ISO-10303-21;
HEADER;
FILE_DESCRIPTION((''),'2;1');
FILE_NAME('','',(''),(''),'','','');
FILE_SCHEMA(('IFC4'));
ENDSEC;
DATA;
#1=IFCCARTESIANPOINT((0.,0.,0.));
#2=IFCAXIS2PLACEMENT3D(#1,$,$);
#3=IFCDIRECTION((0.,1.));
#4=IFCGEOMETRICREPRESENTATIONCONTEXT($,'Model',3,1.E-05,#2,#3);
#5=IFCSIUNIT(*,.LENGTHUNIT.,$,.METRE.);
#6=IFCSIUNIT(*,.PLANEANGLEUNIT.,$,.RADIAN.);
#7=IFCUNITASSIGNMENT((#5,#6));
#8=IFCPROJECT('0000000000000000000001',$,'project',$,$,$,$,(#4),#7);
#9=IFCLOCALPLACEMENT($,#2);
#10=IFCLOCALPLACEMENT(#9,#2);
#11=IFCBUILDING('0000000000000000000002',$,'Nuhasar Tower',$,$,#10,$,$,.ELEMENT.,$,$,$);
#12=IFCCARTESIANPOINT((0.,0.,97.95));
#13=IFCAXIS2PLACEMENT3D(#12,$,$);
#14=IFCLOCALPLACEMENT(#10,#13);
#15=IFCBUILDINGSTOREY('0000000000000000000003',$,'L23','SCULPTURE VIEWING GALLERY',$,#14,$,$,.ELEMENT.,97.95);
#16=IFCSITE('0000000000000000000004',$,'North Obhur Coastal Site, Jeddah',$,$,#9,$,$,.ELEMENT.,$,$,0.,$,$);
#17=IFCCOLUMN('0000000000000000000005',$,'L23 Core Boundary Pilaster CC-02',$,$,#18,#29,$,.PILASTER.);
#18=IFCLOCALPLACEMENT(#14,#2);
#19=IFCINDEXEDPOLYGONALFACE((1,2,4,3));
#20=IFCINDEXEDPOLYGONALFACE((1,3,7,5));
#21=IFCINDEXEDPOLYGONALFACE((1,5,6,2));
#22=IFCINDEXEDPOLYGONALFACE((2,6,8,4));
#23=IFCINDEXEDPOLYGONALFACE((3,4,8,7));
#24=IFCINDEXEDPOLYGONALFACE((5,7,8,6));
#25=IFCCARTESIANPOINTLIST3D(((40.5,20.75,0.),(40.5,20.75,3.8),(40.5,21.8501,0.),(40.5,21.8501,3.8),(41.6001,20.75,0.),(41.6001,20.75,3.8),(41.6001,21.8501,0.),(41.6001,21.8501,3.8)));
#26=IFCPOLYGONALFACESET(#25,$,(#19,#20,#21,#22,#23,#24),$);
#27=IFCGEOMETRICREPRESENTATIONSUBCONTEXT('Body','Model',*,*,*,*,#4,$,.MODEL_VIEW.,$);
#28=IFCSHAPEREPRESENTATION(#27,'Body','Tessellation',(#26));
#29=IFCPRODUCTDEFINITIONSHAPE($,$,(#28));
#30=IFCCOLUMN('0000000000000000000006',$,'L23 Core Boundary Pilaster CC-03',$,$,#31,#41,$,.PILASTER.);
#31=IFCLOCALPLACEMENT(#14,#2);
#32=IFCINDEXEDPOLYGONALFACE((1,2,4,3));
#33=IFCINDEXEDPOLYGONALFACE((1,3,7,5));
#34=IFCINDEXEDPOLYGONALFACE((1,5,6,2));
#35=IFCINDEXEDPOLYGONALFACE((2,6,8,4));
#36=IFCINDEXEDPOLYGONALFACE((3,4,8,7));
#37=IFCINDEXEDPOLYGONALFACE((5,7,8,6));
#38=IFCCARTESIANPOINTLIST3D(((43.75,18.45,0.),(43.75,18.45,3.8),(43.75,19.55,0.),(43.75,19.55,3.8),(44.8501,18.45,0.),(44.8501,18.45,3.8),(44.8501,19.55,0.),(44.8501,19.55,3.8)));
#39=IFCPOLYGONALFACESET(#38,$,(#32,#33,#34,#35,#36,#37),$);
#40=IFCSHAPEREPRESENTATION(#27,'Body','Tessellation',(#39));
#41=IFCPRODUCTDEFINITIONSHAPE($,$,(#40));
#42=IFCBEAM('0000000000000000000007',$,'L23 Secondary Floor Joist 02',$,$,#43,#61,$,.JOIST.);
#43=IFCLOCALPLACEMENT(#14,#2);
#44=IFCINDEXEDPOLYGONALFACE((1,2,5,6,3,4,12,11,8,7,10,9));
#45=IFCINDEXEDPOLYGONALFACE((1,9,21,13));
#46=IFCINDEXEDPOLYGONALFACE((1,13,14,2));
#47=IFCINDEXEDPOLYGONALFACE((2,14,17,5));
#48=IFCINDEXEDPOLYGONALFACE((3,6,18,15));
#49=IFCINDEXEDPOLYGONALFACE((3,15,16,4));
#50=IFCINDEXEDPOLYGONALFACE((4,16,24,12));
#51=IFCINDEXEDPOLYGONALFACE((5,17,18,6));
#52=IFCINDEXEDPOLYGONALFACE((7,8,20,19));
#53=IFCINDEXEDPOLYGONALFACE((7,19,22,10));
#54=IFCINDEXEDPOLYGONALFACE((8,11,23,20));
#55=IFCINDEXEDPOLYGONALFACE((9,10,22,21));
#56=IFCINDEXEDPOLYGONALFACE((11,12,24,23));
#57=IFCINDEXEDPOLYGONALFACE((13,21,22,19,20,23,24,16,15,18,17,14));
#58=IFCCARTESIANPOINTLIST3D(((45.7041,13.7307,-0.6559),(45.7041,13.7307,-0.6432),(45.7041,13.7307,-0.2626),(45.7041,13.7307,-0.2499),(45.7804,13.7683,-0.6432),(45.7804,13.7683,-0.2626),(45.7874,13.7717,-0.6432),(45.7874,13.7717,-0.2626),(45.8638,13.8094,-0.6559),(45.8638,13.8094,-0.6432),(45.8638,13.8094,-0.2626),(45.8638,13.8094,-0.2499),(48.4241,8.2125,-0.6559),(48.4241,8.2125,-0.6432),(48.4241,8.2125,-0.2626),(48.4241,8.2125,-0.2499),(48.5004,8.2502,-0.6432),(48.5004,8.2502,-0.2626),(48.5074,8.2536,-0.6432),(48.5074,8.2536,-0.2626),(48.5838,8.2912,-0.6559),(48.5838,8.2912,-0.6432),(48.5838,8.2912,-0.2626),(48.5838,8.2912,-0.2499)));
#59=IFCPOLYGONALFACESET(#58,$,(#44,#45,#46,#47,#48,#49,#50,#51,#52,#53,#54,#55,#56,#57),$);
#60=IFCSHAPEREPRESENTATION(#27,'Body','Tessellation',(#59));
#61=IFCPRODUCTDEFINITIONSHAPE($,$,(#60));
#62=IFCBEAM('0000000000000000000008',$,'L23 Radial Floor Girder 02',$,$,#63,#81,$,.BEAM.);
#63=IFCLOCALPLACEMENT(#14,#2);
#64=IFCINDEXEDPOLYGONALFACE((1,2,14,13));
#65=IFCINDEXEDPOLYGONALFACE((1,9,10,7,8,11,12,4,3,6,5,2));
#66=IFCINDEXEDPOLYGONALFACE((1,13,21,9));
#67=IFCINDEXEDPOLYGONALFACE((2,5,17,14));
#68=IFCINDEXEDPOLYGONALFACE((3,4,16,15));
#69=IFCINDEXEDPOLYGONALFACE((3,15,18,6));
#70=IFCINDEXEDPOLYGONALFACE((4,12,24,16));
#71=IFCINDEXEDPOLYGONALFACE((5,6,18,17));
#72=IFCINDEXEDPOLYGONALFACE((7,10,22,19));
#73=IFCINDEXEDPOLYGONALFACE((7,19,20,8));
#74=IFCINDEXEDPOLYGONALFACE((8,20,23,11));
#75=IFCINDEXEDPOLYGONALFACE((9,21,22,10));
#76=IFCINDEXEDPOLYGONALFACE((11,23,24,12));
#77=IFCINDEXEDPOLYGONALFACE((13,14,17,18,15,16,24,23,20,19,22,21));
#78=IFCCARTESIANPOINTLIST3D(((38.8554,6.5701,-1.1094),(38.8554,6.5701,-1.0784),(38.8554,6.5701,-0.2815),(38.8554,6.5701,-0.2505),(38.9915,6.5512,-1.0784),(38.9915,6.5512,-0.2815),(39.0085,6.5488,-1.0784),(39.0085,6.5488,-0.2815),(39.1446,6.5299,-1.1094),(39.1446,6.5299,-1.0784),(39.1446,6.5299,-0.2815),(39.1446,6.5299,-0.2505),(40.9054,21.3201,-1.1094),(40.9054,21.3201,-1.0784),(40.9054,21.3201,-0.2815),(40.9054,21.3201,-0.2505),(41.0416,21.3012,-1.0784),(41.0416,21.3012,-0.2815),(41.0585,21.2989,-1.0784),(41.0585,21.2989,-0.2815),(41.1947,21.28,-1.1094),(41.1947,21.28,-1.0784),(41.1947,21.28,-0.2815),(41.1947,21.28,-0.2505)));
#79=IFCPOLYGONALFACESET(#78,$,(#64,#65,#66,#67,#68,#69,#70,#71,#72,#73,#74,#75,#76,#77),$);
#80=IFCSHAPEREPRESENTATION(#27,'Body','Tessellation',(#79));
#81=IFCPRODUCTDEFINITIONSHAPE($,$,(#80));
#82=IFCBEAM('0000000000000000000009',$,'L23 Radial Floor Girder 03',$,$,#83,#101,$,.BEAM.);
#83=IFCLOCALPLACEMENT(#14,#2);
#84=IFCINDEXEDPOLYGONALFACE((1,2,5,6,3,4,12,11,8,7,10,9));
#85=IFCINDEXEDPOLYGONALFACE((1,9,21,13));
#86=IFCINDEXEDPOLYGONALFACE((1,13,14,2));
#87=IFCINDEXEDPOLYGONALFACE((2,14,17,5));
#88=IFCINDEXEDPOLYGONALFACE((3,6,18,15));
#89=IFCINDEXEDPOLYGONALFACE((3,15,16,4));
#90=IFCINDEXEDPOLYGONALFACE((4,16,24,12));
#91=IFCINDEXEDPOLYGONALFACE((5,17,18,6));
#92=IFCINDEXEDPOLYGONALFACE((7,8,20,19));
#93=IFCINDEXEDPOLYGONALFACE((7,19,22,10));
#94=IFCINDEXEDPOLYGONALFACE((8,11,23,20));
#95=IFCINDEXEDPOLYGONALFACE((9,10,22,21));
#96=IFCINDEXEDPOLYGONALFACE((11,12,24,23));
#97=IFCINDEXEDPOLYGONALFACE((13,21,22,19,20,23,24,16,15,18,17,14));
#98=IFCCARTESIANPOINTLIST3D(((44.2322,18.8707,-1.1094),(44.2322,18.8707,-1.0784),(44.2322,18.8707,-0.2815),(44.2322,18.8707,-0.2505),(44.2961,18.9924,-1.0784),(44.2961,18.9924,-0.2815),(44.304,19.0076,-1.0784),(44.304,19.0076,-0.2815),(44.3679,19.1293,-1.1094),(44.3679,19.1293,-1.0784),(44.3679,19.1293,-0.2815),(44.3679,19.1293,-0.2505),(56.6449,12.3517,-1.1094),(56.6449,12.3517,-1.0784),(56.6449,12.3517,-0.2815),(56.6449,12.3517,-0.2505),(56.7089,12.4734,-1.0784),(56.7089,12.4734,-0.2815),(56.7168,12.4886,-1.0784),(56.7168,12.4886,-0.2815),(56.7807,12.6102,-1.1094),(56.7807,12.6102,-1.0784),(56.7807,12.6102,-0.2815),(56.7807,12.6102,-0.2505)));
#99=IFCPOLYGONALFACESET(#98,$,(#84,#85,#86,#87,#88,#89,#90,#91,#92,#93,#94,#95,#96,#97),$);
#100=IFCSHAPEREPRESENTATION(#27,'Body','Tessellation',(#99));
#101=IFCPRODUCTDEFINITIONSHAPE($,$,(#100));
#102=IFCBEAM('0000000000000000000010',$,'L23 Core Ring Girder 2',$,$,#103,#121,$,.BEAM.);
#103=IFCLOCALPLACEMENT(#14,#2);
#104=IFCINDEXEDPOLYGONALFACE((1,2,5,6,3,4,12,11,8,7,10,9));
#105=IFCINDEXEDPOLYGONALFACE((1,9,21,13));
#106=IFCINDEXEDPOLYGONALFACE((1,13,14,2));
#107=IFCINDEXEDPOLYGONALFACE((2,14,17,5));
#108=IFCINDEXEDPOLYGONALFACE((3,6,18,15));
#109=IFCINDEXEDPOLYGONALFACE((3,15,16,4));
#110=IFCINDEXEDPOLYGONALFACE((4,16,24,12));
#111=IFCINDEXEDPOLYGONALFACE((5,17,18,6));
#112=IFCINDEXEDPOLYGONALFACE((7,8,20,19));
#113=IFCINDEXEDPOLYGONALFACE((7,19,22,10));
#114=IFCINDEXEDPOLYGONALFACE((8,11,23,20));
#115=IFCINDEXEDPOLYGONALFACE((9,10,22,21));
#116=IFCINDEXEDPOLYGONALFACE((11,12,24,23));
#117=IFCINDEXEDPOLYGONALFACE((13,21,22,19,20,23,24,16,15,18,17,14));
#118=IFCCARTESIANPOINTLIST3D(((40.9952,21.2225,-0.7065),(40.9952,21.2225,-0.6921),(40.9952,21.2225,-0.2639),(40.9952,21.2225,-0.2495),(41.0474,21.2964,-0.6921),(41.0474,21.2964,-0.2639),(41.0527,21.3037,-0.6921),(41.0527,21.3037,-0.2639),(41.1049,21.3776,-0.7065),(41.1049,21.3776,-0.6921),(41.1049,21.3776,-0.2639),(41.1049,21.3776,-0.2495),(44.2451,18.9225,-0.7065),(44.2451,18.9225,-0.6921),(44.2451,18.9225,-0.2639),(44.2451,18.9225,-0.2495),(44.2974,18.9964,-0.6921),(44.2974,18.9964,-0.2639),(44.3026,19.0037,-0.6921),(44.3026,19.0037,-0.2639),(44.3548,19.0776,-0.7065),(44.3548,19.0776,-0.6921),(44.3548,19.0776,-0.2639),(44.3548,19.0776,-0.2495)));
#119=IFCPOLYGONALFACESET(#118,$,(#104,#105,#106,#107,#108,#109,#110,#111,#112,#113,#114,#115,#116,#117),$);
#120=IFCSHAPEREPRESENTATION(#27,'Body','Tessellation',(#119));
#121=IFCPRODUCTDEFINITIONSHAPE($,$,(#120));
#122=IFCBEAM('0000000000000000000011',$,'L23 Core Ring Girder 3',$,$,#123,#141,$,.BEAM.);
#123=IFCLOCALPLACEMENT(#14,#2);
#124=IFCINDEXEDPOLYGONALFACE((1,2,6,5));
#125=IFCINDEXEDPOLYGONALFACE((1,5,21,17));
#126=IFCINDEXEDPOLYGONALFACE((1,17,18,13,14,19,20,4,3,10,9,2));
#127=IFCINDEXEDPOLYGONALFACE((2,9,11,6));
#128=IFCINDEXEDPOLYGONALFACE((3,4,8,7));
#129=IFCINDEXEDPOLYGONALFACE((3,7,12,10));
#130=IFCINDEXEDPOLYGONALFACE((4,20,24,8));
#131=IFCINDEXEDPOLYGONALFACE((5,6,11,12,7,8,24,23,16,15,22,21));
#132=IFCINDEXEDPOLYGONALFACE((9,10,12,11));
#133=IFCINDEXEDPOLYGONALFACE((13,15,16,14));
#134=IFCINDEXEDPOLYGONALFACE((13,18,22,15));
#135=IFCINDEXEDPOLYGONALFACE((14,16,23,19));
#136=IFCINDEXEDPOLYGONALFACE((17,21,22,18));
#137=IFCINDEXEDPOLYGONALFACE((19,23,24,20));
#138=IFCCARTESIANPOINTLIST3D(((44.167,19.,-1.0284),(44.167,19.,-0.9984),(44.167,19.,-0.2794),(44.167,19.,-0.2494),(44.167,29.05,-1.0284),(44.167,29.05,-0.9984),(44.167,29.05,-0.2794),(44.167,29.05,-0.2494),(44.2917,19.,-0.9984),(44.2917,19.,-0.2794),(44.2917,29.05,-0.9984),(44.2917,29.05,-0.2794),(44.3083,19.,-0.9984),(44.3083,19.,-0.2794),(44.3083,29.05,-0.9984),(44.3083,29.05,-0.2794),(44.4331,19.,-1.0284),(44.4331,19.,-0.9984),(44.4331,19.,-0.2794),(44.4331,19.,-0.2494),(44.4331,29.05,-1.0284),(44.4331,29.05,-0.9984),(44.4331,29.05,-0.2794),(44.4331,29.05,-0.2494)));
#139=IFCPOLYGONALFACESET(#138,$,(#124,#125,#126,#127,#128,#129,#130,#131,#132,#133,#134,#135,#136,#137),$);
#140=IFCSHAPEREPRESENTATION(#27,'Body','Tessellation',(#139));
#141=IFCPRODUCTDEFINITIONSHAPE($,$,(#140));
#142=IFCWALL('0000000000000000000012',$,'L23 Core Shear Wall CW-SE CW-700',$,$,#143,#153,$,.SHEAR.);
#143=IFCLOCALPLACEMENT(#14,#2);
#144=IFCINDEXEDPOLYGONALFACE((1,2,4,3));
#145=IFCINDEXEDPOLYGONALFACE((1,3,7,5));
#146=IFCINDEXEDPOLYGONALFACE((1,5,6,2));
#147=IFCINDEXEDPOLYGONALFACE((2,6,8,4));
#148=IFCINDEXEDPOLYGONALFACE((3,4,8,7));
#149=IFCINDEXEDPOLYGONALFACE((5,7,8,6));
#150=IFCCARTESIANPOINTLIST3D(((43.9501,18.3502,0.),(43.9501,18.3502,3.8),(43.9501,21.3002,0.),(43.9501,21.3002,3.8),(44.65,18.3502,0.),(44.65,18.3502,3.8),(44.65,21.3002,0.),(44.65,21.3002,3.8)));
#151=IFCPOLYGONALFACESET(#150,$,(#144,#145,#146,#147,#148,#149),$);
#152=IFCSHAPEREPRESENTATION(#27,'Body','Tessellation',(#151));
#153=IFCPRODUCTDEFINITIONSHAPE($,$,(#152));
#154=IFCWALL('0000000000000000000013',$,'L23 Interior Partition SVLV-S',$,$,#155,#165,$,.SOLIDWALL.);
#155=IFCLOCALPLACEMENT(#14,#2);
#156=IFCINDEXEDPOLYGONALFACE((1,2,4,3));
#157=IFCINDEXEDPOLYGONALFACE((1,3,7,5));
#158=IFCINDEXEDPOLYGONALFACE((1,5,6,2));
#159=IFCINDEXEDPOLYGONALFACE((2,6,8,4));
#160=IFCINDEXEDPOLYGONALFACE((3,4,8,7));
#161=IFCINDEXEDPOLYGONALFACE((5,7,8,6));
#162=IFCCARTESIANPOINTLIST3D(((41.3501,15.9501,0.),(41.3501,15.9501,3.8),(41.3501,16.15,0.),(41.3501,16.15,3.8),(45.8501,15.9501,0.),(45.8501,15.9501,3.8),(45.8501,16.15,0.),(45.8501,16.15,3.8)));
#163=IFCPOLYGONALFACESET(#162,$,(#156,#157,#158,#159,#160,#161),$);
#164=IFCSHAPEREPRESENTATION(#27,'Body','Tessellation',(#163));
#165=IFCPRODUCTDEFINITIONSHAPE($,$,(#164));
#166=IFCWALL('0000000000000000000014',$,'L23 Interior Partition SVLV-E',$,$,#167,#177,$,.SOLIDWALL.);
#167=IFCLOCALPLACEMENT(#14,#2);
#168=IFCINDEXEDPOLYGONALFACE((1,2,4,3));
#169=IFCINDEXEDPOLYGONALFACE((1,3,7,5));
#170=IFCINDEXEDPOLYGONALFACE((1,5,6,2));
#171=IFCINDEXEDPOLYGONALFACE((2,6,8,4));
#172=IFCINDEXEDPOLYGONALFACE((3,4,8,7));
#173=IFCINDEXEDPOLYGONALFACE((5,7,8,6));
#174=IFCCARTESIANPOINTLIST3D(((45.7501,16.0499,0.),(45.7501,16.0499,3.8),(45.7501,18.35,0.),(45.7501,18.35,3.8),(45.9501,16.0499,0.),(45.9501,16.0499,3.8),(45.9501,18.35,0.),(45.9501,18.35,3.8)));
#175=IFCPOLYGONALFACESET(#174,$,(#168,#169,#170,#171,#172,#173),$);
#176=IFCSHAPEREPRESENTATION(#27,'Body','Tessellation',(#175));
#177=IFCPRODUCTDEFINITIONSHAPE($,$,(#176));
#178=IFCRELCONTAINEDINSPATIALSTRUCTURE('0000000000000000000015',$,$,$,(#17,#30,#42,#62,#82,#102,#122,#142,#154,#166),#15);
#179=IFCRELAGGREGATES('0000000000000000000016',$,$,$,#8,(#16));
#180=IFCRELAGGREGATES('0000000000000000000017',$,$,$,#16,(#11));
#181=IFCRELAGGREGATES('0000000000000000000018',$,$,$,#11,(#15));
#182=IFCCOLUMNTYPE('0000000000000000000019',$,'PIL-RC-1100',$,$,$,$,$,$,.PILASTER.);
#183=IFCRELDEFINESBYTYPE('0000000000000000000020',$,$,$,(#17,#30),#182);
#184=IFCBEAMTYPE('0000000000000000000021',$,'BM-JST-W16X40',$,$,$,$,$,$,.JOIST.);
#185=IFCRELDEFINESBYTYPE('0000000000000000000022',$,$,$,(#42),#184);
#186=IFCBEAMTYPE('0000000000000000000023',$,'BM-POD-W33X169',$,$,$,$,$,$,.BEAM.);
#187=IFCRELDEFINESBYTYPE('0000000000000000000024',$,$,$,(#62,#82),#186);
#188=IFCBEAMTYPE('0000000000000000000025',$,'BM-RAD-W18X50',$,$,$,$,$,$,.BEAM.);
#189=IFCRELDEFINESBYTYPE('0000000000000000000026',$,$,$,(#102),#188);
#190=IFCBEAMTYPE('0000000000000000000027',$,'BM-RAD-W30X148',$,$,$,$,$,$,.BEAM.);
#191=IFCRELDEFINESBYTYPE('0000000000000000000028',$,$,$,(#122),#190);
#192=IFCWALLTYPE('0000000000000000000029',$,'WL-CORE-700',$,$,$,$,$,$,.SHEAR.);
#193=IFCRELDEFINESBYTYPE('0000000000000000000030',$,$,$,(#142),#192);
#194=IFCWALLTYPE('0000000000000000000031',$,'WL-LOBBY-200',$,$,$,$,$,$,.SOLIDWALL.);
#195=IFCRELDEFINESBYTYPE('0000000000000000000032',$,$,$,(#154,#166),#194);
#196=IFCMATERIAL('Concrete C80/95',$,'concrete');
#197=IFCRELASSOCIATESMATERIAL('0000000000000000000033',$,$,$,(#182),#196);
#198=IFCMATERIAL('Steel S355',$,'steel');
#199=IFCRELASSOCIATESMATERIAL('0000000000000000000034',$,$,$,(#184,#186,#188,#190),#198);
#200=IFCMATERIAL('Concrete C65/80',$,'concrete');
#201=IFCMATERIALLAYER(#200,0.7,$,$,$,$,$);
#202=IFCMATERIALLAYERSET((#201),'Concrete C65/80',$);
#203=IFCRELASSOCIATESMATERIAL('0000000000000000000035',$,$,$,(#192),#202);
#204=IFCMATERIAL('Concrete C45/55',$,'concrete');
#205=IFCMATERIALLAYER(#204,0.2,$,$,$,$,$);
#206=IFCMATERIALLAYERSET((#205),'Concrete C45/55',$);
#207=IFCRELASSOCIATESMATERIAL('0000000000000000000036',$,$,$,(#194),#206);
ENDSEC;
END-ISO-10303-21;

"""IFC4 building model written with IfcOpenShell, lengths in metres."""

from ifc_helpers import new_model, si_unit, direction, frame, frame_2d, origin, origin_2d, place, context, subcontext, project, spatial, rectangle, i_section, extrude, material, layer, layer_set, material_profile, profile_set, type_object, element, save


model = new_model("IFC4")

# Units and contexts
model_context = context("Model", 3, precision=1e-05, world=origin(), true_north=direction((0.0, 1.0)))
body_context = subcontext(model_context, "Body", "Model", "MODEL_VIEW")
ifc_project = project(units=[si_unit("LENGTHUNIT", "METRE"), si_unit("PLANEANGLEUNIT", "RADIAN")], contexts=[model_context])

# Site, building, storey
site_placement = place(None, origin())
site = spatial("IfcSite", under=ifc_project, at=site_placement, Name="North Obhur Coastal Site, Jeddah", CompositionType="ELEMENT", RefElevation=0.0)
building_placement = place(site_placement, origin())
building = spatial("IfcBuilding", under=site, at=building_placement, Name="Nuhasar Tower", CompositionType="ELEMENT")
storey_placement = place(building_placement, frame((0.0, 0.0, 97.95)))
storey = spatial("IfcBuildingStorey", under=building, at=storey_placement, Name="L23", Description="SCULPTURE VIEWING GALLERY", CompositionType="ELEMENT", Elevation=97.95)

# Columns
ifc_material_1 = material(Name="Concrete C80/95", Category="concrete")
ifc_material_profile_1 = material_profile(ifc_material_1, rectangle(XDim=1.1001, YDim=1.1001, at=origin_2d()), Name="RC1100X1100")
ifc_profile_set_1 = profile_set([ifc_material_profile_1], Name="Concrete C80/95")
column_type = type_object("IfcColumnType", Name="PIL-RC-1100", PredefinedType="PILASTER", material=ifc_profile_set_1)
for number, where, z_axis, x_axis, name in (
    (1, (41.05, 21.3, 0.0), (0.0, 0.0, 1.0), (1.0, 0.0, 0.0), "L23 Core Boundary Pilaster CC-02"),
    (2, (44.3, 19.0, 0.0), (0.0, 0.0, 1.0), (1.0, 0.0, 0.0), "L23 Core Boundary Pilaster CC-03"),
):
    element("IfcColumn", number, at=place(storey_placement, frame(where, z_axis=z_axis, x_axis=x_axis)), inside=storey, type_object=column_type, Name=name, PredefinedType="PILASTER", context=body_context, shape_type="SweptSolid", body=[
        extrude(rectangle(XDim=1.1001, YDim=1.1001, at=origin_2d()), origin(), (0.0, 0.0, 1.0), 3.8),
    ])

# Beams
ifc_material_2 = material(Name="Steel S355", Category="steel")
ifc_material_profile_2 = material_profile(ifc_material_2, i_section(OverallWidth=0.178, OverallDepth=0.406, WebThickness=0.0078, FlangeThickness=0.0127, at=origin_2d()), Name="W16X40")
ifc_profile_set_2 = profile_set([ifc_material_profile_2], Name="Steel S355")
beam_type_1 = type_object("IfcBeamType", Name="BM-JST-W16X40", PredefinedType="JOIST", material=ifc_profile_set_2)
beam_1_placement = place(storey_placement, frame((45.7839, 13.77, -0.4529), z_axis=(0.442127, -0.896953, 0.0), x_axis=(0.896953, 0.442127, 0.0)))
element("IfcBeam", 3, at=beam_1_placement, inside=storey, type_object=beam_type_1, Name="L23 Secondary Floor Joist 02", PredefinedType="JOIST", context=body_context, shape_type="SweptSolid", body=[
    extrude(i_section(OverallWidth=0.178, OverallDepth=0.406, WebThickness=0.0078, FlangeThickness=0.0127, at=origin_2d()), origin(), (0.0, 0.0, 1.0), 6.1521),
])
ifc_material_profile_3 = material_profile(ifc_material_2, i_section(OverallWidth=0.292, OverallDepth=0.8589, WebThickness=0.0171, FlangeThickness=0.031, at=origin_2d()), Name="W33X169")
ifc_profile_set_3 = profile_set([ifc_material_profile_3], Name="Steel S355")
beam_type_2 = type_object("IfcBeamType", Name="BM-POD-W33X169", PredefinedType="BEAM", material=ifc_profile_set_3)
beam_2_placement = place(storey_placement, frame((41.05, 21.3, -0.6799), z_axis=(-0.137663, -0.990479, 0.0), x_axis=(0.990479, -0.137663, 0.0)))
element("IfcBeam", 4, at=beam_2_placement, inside=storey, type_object=beam_type_2, Name="L23 Radial Floor Girder 02", PredefinedType="BEAM", context=body_context, shape_type="SweptSolid", body=[
    extrude(i_section(OverallWidth=0.292, OverallDepth=0.8589, WebThickness=0.0171, FlangeThickness=0.031, at=origin_2d()), origin(), (0.0, 0.0, 1.0), 14.8918),
])
beam_3_placement = place(storey_placement, frame((44.3, 19.0, -0.6799), z_axis=(0.88533, -0.464963, 0.0), x_axis=(0.464963, 0.88533, 0.0)))
element("IfcBeam", 5, at=beam_3_placement, inside=storey, type_object=beam_type_2, Name="L23 Radial Floor Girder 03", PredefinedType="BEAM", context=body_context, shape_type="SweptSolid", body=[
    extrude(i_section(OverallWidth=0.292, OverallDepth=0.8589, WebThickness=0.0171, FlangeThickness=0.031, at=origin_2d()), origin(), (0.0, 0.0, 1.0), 14.0205),
])
ifc_material_profile_4 = material_profile(ifc_material_2, i_section(OverallWidth=0.1899, OverallDepth=0.457, WebThickness=0.009, FlangeThickness=0.0144, at=origin_2d()), Name="W18X50")
ifc_profile_set_4 = profile_set([ifc_material_profile_4], Name="Steel S355")
beam_type_3 = type_object("IfcBeamType", Name="BM-RAD-W18X50", PredefinedType="BEAM", material=ifc_profile_set_4)
beam_4_placement = place(storey_placement, frame((41.05, 21.3, -0.478), z_axis=(0.816265, -0.577677, 0.0), x_axis=(0.577677, 0.816265, 0.0)))
element("IfcBeam", 6, at=beam_4_placement, inside=storey, type_object=beam_type_3, Name="L23 Core Ring Girder 2", PredefinedType="BEAM", context=body_context, shape_type="SweptSolid", body=[
    extrude(i_section(OverallWidth=0.1899, OverallDepth=0.457, WebThickness=0.009, FlangeThickness=0.0144, at=origin_2d()), origin(), (0.0, 0.0, 1.0), 3.9814),
])
ifc_material_profile_5 = material_profile(ifc_material_2, i_section(OverallWidth=0.2661, OverallDepth=0.7791, WebThickness=0.0166, FlangeThickness=0.03, at=origin_2d()), Name="W30X148")
ifc_profile_set_5 = profile_set([ifc_material_profile_5], Name="Steel S355")
beam_type_4 = type_object("IfcBeamType", Name="BM-RAD-W30X148", PredefinedType="BEAM", material=ifc_profile_set_5)
beam_5_placement = place(storey_placement, frame((44.3, 19.0, -0.6389), z_axis=(0.0, 1.0, 0.0), x_axis=(-1.0, 0.0, 0.0)))
element("IfcBeam", 7, at=beam_5_placement, inside=storey, type_object=beam_type_4, Name="L23 Core Ring Girder 3", PredefinedType="BEAM", context=body_context, shape_type="SweptSolid", body=[
    extrude(i_section(OverallWidth=0.2661, OverallDepth=0.7791, WebThickness=0.0166, FlangeThickness=0.03, at=origin_2d()), origin(), (0.0, 0.0, 1.0), 10.05),
])

# Wall
ifc_material_3 = material(Name="Concrete C65/80", Category="concrete")
ifc_layer_1 = layer(ifc_material_3, 0.7)
ifc_layer_set_1 = layer_set([ifc_layer_1], Name="Concrete C65/80")
wall_type_1 = type_object("IfcWallType", Name="WL-CORE-700", PredefinedType="SHEAR", material=ifc_layer_set_1)
wall_1_placement = place(storey_placement, frame((44.3, 18.3501, 0.0), z_axis=(0.0, 0.0, 1.0), x_axis=(0.0, 1.0, 0.0)))
element("IfcWall", 8, at=wall_1_placement, inside=storey, type_object=wall_type_1, Name="L23 Core Shear Wall CW-SE CW-700", PredefinedType="SHEAR", context=body_context, shape_type="SweptSolid", body=[
    extrude(rectangle(XDim=2.95, YDim=0.7, at=frame_2d((1.4751, 0.0))), origin(), (0.0, 0.0, 1.0), 3.8),
])

# Shared definitions
ifc_material_4 = material(Name="Concrete C45/55", Category="concrete")
ifc_layer_2 = layer(ifc_material_4, 0.2)
ifc_layer_set_2 = layer_set([ifc_layer_2], Name="Concrete C45/55")
wall_type_2 = type_object("IfcWallType", Name="WL-LOBBY-200", PredefinedType="SOLIDWALL", material=ifc_layer_set_2)

# Walls
wall_2_placement = place(storey_placement, frame((41.3501, 16.05, 0.0), z_axis=(0.0, 0.0, 1.0), x_axis=(1.0, 0.0, 0.0)))
element("IfcWall", 9, at=wall_2_placement, inside=storey, type_object=wall_type_2, Name="L23 Interior Partition SVLV-S", PredefinedType="SOLIDWALL", context=body_context, shape_type="SweptSolid", body=[
    extrude(rectangle(XDim=4.5, YDim=0.2, at=frame_2d((2.25, 0.0))), origin(), (0.0, 0.0, 1.0), 3.8),
])
wall_3_placement = place(storey_placement, frame((45.8501, 16.05, 0.0), z_axis=(0.0, 0.0, 1.0), x_axis=(0.0, 1.0, 0.0)))
element("IfcWall", 10, at=wall_3_placement, inside=storey, type_object=wall_type_2, Name="L23 Interior Partition SVLV-E", PredefinedType="SOLIDWALL", context=body_context, shape_type="SweptSolid", body=[
    extrude(rectangle(XDim=2.3, YDim=0.2, at=frame_2d((1.1499, 0.0))), origin(), (0.0, 0.0, 1.0), 3.8),
])

save(model, "model.ifc")
